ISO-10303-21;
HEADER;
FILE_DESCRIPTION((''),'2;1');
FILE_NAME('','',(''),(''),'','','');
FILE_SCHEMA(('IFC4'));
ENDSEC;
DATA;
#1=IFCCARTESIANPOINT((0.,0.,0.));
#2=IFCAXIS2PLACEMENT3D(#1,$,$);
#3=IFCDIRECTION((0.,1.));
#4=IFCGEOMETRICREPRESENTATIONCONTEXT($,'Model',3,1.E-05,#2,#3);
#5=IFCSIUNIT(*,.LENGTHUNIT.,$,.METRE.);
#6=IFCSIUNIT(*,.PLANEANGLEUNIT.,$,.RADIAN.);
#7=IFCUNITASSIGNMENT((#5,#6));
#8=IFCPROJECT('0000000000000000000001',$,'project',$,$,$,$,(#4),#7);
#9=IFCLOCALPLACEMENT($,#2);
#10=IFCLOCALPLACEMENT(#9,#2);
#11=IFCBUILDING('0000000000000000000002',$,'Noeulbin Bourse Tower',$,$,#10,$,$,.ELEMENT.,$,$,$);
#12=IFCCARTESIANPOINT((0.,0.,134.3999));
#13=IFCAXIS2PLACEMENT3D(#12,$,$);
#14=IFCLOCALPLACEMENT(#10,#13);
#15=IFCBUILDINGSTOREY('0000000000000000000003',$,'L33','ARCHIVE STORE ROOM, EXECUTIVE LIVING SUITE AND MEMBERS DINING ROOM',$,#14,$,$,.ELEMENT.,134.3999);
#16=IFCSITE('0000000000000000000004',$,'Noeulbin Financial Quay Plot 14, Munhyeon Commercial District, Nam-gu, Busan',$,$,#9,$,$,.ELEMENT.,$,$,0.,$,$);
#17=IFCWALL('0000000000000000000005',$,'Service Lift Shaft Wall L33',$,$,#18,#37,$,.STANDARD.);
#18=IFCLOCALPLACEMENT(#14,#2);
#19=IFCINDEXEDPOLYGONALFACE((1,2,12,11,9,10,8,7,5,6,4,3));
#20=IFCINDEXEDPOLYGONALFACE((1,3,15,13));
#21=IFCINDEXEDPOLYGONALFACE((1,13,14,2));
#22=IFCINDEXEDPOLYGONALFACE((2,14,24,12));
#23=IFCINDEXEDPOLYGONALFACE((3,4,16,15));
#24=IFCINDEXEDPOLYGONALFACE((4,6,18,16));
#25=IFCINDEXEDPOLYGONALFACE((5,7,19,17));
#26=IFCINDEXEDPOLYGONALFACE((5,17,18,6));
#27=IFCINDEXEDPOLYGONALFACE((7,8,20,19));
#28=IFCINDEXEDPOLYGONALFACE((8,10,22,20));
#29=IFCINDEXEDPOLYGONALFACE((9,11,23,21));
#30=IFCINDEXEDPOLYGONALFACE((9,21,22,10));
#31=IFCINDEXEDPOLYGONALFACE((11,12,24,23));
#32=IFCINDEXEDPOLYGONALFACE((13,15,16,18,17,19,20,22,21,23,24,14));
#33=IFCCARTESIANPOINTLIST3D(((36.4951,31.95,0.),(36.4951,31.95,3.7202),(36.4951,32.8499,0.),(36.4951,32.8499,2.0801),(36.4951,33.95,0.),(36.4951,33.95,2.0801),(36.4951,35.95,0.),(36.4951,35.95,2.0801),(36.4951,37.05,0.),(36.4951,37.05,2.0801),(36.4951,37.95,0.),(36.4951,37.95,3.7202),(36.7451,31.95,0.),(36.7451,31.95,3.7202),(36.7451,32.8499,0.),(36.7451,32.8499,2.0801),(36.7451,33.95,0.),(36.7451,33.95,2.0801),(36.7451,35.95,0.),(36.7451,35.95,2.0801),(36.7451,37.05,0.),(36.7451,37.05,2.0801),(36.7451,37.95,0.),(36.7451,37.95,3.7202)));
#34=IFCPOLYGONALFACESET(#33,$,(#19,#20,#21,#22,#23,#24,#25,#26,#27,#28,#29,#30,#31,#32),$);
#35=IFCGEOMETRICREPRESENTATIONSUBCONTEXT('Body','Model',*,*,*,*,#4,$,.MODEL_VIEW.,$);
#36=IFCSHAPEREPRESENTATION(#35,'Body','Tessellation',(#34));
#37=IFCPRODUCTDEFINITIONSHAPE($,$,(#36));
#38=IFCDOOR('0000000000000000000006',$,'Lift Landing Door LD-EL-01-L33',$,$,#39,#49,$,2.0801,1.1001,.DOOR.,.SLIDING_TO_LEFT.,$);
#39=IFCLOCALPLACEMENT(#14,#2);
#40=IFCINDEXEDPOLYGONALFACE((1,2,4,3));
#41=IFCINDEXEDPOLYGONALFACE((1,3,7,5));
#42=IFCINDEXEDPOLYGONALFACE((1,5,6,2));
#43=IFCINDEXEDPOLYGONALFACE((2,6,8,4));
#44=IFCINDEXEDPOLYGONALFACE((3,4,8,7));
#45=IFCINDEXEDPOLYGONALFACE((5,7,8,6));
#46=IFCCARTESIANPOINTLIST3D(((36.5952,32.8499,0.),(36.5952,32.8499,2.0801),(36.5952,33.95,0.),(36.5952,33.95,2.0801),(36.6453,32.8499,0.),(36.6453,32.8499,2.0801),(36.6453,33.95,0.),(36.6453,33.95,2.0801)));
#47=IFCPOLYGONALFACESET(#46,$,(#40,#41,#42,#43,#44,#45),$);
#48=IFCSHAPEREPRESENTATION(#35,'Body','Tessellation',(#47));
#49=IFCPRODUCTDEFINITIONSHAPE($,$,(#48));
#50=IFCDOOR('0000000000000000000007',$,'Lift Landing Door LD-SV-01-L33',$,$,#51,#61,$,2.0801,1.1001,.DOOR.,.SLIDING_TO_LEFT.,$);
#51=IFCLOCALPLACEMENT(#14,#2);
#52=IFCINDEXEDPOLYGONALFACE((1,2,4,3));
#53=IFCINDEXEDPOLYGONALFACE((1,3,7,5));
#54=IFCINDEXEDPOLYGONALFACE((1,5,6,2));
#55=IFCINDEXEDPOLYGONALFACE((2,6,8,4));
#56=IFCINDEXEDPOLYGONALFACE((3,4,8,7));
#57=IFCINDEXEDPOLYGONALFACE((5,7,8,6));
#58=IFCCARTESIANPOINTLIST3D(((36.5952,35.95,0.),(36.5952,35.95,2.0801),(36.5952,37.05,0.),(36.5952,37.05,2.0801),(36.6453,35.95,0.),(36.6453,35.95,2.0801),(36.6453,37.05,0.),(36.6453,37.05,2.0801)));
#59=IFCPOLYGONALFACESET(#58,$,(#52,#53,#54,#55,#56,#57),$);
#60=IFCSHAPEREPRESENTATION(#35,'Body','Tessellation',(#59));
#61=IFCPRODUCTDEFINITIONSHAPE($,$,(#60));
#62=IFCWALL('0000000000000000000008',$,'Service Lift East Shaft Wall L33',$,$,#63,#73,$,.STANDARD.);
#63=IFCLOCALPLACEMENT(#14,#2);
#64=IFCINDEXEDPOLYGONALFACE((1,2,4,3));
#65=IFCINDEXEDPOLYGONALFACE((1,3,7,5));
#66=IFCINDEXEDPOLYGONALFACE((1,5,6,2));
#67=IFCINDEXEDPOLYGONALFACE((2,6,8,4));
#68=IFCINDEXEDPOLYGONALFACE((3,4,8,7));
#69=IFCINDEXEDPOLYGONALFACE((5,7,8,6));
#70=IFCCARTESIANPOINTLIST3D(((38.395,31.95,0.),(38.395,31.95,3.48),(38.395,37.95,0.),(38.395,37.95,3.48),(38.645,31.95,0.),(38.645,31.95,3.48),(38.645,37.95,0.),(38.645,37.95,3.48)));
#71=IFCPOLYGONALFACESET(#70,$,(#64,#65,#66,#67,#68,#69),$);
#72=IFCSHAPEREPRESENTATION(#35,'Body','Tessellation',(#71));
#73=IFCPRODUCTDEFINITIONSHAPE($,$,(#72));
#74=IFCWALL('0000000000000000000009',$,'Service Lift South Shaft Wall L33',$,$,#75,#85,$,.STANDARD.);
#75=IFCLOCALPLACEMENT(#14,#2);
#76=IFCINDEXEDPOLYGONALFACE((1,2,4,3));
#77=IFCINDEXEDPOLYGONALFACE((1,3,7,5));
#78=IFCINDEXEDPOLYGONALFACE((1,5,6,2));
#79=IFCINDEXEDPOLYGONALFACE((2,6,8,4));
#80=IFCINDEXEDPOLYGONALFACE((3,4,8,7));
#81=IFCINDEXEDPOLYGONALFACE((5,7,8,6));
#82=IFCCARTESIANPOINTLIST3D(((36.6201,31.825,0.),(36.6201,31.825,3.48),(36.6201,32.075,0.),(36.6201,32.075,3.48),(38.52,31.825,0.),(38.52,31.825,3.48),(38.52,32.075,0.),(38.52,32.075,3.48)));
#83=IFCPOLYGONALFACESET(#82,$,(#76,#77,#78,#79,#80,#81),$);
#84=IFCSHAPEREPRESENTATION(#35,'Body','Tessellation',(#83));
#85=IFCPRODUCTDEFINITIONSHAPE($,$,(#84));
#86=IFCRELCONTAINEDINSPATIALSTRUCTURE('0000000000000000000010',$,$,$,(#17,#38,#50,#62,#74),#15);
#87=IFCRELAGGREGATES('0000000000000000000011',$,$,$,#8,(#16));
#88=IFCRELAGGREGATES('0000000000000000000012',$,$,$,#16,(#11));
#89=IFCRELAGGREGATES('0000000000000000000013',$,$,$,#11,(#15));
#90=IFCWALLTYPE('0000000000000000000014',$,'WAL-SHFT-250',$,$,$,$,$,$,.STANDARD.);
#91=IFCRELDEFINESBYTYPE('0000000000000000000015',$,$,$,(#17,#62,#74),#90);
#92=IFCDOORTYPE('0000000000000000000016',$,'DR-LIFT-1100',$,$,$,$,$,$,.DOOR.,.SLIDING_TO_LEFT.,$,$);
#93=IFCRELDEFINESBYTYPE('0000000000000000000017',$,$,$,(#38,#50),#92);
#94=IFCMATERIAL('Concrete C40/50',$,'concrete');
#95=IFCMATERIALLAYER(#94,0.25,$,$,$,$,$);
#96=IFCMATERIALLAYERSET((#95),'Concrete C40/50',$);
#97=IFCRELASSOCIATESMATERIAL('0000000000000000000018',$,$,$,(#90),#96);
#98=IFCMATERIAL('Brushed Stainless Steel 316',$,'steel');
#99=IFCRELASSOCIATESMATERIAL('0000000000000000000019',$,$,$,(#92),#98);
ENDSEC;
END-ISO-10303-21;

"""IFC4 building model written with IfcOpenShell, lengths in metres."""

from ifc_helpers import new_model, si_unit, direction, frame, frame_2d, origin, place, context, subcontext, project, spatial, rectangle, extrude, material, layer, layer_set, type_object, element, fill, save


model = new_model("IFC4")

# Units and contexts
model_context = context("Model", 3, precision=1e-05, world=origin(), true_north=direction((0.0, 1.0)))
body_context = subcontext(model_context, "Body", "Model", "MODEL_VIEW")
ifc_project = project(units=[si_unit("LENGTHUNIT", "METRE"), si_unit("PLANEANGLEUNIT", "RADIAN")], contexts=[model_context])

# Site, building, storey
site_placement = place(None, origin())
site = spatial("IfcSite", under=ifc_project, at=site_placement, Name="Noeulbin Financial Quay Plot 14, Munhyeon Commercial District, Nam-gu, Busan", CompositionType="ELEMENT", RefElevation=0.0)
building_placement = place(site_placement, origin())
building = spatial("IfcBuilding", under=site, at=building_placement, Name="Noeulbin Bourse Tower", CompositionType="ELEMENT")
storey_placement = place(building_placement, frame((0.0, 0.0, 134.3999)))
storey = spatial("IfcBuildingStorey", under=building, at=storey_placement, Name="L33", Description="ARCHIVE STORE ROOM, EXECUTIVE LIVING SUITE AND MEMBERS DINING ROOM", CompositionType="ELEMENT", Elevation=134.3999)

# Shared definitions
ifc_material_1 = material(Name="Concrete C40/50", Category="concrete")

# Shared definitions
ifc_layer_1 = layer(ifc_material_1, 0.25)
ifc_layer_set_1 = layer_set([ifc_layer_1], Name="Concrete C40/50")
wall_type_1 = type_object("IfcWallType", Name="WAL-SHFT-250", PredefinedType="STANDARD", material=ifc_layer_set_1)

# Wall, openings, doors
wall_1_placement = place(storey_placement, frame((36.6201, 31.95, 0.0), z_axis=(0.0, 0.0, 1.0), x_axis=(0.0, 1.0, 0.0)))
wall_1 = element("IfcWall", 1, at=wall_1_placement, inside=storey, type_object=wall_type_1, Name="Service Lift Shaft Wall L33", PredefinedType="STANDARD", context=body_context, shape_type="SweptSolid", body=[
    extrude(rectangle(XDim=6.0, YDim=0.25, at=frame_2d((3.0, 0.0))), origin(), (0.0, 0.0, 1.0), 3.7202),
])
opening_1_placement = place(wall_1_placement, frame((0.8999, 0.0, 0.0)))
opening_1 = element("IfcOpeningElement", 2, at=opening_1_placement, cuts=wall_1, PredefinedType="OPENING", context=body_context, shape_type="SweptSolid", body=[
    extrude(rectangle(XDim=1.1001, YDim=2.0801, at=frame_2d((0.55, 1.04))), frame((0.0, 0.135, 0.0), z_axis=(0.0, -1.0, 0.0), x_axis=(1.0, 0.0, 0.0)), (0.0, 0.0, 1.0), 0.27),
])
opening_2_placement = place(wall_1_placement, frame((4.0, 0.0, 0.0)))
opening_2 = element("IfcOpeningElement", 3, at=opening_2_placement, cuts=wall_1, PredefinedType="OPENING", context=body_context, shape_type="SweptSolid", body=[
    extrude(rectangle(XDim=1.1001, YDim=2.0801, at=frame_2d((0.55, 1.04))), frame((0.0, 0.135, 0.0), z_axis=(0.0, -1.0, 0.0), x_axis=(1.0, 0.0, 0.0)), (0.0, 0.0, 1.0), 0.27),
])
ifc_material_2 = material(Name="Brushed Stainless Steel 316", Category="steel")
door_type_1 = type_object("IfcDoorType", Name="DR-LIFT-1100", OperationType="SLIDING_TO_LEFT", PredefinedType="DOOR", material=ifc_material_2)
door_1_placement = place(opening_1_placement, origin())
door_1 = element("IfcDoor", 4, at=door_1_placement, inside=storey, type_object=door_type_1, Name="Lift Landing Door LD-EL-01-L33", OperationType="SLIDING_TO_LEFT", OverallHeight=2.0801, OverallWidth=1.1001, PredefinedType="DOOR", context=body_context, shape_type="SweptSolid", body=[
    extrude(rectangle(XDim=1.1001, YDim=2.0801, at=frame_2d((0.55, 1.04))), frame((0.0, 0.0249, 0.0), z_axis=(0.0, -1.0, 0.0), x_axis=(1.0, 0.0, 0.0)), (0.0, 0.0, 1.0), 0.05),
])
fill(opening_1, door_1)
door_2_placement = place(opening_2_placement, origin())
door_2 = element("IfcDoor", 5, at=door_2_placement, inside=storey, type_object=door_type_1, Name="Lift Landing Door LD-SV-01-L33", OperationType="SLIDING_TO_LEFT", OverallHeight=2.0801, OverallWidth=1.1001, PredefinedType="DOOR", context=body_context, shape_type="SweptSolid", body=[
    extrude(rectangle(XDim=1.1001, YDim=2.0801, at=frame_2d((0.55, 1.04))), frame((0.0, 0.0249, 0.0), z_axis=(0.0, -1.0, 0.0), x_axis=(1.0, 0.0, 0.0)), (0.0, 0.0, 1.0), 0.05),
])
fill(opening_2, door_2)

# Walls
wall_2_placement = place(storey_placement, frame((38.52, 31.95, 0.0), z_axis=(0.0, 0.0, 1.0), x_axis=(0.0, 1.0, 0.0)))
element("IfcWall", 6, at=wall_2_placement, inside=storey, type_object=wall_type_1, Name="Service Lift East Shaft Wall L33", PredefinedType="STANDARD", context=body_context, shape_type="SweptSolid", body=[
    extrude(rectangle(XDim=6.0, YDim=0.25, at=frame_2d((3.0, 0.0))), origin(), (0.0, 0.0, 1.0), 3.48),
])
wall_3_placement = place(storey_placement, frame((36.6201, 31.95, 0.0), z_axis=(0.0, 0.0, 1.0), x_axis=(1.0, 0.0, 0.0)))
element("IfcWall", 7, at=wall_3_placement, inside=storey, type_object=wall_type_1, Name="Service Lift South Shaft Wall L33", PredefinedType="STANDARD", context=body_context, shape_type="SweptSolid", body=[
    extrude(rectangle(XDim=1.8999, YDim=0.25, at=frame_2d((0.95, 0.0))), origin(), (0.0, 0.0, 1.0), 3.48),
])

save(model, "model.ifc")
